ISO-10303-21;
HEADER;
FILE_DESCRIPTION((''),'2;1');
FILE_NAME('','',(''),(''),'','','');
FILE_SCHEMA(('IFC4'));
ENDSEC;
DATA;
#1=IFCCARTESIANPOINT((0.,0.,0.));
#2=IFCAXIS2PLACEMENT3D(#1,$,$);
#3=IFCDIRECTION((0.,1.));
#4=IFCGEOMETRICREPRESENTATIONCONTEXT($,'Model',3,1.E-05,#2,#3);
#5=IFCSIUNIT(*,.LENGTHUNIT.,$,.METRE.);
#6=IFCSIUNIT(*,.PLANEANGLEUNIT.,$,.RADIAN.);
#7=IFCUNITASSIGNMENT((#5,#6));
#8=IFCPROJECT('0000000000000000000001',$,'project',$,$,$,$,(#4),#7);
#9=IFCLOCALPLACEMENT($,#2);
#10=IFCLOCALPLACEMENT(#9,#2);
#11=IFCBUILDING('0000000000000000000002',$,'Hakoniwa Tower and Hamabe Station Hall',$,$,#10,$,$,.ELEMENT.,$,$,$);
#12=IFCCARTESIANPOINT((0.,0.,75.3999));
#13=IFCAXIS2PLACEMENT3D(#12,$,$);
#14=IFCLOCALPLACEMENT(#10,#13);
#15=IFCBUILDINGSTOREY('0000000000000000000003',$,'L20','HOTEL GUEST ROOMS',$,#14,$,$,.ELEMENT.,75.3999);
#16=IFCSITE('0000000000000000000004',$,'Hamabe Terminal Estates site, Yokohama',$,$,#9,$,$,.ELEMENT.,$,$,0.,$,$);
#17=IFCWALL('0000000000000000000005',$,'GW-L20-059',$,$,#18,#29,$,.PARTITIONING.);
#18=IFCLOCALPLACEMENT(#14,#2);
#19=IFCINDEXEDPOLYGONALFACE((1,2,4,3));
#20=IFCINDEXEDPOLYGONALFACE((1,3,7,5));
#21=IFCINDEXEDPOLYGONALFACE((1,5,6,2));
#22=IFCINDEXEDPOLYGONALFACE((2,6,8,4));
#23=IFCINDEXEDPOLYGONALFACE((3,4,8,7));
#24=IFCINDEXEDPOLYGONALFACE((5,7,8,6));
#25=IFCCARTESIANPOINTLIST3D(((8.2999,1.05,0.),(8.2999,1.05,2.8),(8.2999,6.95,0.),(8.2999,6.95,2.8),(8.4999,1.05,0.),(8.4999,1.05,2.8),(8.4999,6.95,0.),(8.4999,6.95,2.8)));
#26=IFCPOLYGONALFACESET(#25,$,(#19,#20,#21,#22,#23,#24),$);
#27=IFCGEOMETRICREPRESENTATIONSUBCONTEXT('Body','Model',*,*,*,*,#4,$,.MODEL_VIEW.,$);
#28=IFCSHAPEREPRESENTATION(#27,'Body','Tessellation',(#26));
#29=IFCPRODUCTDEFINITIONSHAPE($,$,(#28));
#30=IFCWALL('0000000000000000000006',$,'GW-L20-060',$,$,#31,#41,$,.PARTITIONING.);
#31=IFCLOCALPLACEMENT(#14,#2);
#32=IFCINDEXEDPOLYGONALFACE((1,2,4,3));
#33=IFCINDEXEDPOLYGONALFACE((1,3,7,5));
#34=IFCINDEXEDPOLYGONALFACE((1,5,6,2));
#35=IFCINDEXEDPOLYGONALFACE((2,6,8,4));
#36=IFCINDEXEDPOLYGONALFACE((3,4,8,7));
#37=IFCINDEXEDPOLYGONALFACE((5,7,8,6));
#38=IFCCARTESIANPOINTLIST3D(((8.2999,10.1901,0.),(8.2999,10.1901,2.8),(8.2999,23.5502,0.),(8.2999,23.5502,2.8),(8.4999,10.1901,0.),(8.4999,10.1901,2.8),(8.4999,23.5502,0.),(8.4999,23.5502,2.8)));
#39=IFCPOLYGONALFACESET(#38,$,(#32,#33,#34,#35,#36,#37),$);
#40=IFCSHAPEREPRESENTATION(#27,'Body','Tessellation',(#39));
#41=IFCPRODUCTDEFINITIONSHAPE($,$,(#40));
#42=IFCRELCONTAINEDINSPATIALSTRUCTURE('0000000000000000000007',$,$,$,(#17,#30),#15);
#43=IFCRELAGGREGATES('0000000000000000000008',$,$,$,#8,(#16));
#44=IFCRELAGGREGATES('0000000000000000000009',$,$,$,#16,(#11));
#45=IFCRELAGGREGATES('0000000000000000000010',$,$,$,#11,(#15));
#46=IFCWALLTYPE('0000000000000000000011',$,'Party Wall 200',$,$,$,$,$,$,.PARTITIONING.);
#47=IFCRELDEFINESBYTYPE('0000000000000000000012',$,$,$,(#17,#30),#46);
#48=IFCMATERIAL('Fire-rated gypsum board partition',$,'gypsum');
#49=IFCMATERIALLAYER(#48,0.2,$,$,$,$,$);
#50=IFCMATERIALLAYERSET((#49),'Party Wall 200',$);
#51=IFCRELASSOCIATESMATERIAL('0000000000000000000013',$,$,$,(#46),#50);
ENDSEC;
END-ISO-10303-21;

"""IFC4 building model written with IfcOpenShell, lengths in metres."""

from ifc_helpers import new_model, si_unit, direction, frame, frame_2d, origin, place, context, subcontext, project, spatial, rectangle, extrude, material, layer, layer_set, type_object, element, save


model = new_model("IFC4")

# Units and contexts
model_context = context("Model", 3, precision=1e-05, world=origin(), true_north=direction((0.0, 1.0)))
body_context = subcontext(model_context, "Body", "Model", "MODEL_VIEW")
ifc_project = project(units=[si_unit("LENGTHUNIT", "METRE"), si_unit("PLANEANGLEUNIT", "RADIAN")], contexts=[model_context])

# Site, building, storey
site_placement = place(None, origin())
site = spatial("IfcSite", under=ifc_project, at=site_placement, Name="Hamabe Terminal Estates site, Yokohama", CompositionType="ELEMENT", RefElevation=0.0)
building_placement = place(site_placement, origin())
building = spatial("IfcBuilding", under=site, at=building_placement, Name="Hakoniwa Tower and Hamabe Station Hall", CompositionType="ELEMENT")
storey_placement = place(building_placement, frame((0.0, 0.0, 75.3999)))
storey = spatial("IfcBuildingStorey", under=building, at=storey_placement, Name="L20", Description="HOTEL GUEST ROOMS", CompositionType="ELEMENT", Elevation=75.3999)

# Walls
ifc_material_1 = material(Name="Fire-rated gypsum board partition", Category="gypsum")
ifc_layer_1 = layer(ifc_material_1, 0.2)
ifc_layer_set_1 = layer_set([ifc_layer_1], Name="Party Wall 200")
wall_type = type_object("IfcWallType", Name="Party Wall 200", PredefinedType="PARTITIONING", material=ifc_layer_set_1)
for number, where, z_axis, x_axis, name in (
    (1, (8.3999, 1.05, 0.0), (0.0, 0.0, 1.0), (0.0, 1.0, 0.0), "GW-L20-059"),
):
    element("IfcWall", number, at=place(storey_placement, frame(where, z_axis=z_axis, x_axis=x_axis)), inside=storey, type_object=wall_type, Name=name, PredefinedType="PARTITIONING", context=body_context, shape_type="SweptSolid", body=[
        extrude(rectangle(XDim=5.8999, YDim=0.2, at=frame_2d((2.95, 0.0))), origin(), (0.0, 0.0, 1.0), 2.8),
    ])
wall_1_placement = place(storey_placement, frame((8.3999, 10.1899, 0.0), z_axis=(0.0, 0.0, 1.0), x_axis=(0.0, 1.0, 0.0)))
element("IfcWall", 2, at=wall_1_placement, inside=storey, type_object=wall_type, Name="GW-L20-060", PredefinedType="PARTITIONING", context=body_context, shape_type="SweptSolid", body=[
    extrude(rectangle(XDim=13.3601, YDim=0.2, at=frame_2d((6.6802, 0.0))), origin(), (0.0, 0.0, 1.0), 2.8),
])

save(model, "model.ifc")
